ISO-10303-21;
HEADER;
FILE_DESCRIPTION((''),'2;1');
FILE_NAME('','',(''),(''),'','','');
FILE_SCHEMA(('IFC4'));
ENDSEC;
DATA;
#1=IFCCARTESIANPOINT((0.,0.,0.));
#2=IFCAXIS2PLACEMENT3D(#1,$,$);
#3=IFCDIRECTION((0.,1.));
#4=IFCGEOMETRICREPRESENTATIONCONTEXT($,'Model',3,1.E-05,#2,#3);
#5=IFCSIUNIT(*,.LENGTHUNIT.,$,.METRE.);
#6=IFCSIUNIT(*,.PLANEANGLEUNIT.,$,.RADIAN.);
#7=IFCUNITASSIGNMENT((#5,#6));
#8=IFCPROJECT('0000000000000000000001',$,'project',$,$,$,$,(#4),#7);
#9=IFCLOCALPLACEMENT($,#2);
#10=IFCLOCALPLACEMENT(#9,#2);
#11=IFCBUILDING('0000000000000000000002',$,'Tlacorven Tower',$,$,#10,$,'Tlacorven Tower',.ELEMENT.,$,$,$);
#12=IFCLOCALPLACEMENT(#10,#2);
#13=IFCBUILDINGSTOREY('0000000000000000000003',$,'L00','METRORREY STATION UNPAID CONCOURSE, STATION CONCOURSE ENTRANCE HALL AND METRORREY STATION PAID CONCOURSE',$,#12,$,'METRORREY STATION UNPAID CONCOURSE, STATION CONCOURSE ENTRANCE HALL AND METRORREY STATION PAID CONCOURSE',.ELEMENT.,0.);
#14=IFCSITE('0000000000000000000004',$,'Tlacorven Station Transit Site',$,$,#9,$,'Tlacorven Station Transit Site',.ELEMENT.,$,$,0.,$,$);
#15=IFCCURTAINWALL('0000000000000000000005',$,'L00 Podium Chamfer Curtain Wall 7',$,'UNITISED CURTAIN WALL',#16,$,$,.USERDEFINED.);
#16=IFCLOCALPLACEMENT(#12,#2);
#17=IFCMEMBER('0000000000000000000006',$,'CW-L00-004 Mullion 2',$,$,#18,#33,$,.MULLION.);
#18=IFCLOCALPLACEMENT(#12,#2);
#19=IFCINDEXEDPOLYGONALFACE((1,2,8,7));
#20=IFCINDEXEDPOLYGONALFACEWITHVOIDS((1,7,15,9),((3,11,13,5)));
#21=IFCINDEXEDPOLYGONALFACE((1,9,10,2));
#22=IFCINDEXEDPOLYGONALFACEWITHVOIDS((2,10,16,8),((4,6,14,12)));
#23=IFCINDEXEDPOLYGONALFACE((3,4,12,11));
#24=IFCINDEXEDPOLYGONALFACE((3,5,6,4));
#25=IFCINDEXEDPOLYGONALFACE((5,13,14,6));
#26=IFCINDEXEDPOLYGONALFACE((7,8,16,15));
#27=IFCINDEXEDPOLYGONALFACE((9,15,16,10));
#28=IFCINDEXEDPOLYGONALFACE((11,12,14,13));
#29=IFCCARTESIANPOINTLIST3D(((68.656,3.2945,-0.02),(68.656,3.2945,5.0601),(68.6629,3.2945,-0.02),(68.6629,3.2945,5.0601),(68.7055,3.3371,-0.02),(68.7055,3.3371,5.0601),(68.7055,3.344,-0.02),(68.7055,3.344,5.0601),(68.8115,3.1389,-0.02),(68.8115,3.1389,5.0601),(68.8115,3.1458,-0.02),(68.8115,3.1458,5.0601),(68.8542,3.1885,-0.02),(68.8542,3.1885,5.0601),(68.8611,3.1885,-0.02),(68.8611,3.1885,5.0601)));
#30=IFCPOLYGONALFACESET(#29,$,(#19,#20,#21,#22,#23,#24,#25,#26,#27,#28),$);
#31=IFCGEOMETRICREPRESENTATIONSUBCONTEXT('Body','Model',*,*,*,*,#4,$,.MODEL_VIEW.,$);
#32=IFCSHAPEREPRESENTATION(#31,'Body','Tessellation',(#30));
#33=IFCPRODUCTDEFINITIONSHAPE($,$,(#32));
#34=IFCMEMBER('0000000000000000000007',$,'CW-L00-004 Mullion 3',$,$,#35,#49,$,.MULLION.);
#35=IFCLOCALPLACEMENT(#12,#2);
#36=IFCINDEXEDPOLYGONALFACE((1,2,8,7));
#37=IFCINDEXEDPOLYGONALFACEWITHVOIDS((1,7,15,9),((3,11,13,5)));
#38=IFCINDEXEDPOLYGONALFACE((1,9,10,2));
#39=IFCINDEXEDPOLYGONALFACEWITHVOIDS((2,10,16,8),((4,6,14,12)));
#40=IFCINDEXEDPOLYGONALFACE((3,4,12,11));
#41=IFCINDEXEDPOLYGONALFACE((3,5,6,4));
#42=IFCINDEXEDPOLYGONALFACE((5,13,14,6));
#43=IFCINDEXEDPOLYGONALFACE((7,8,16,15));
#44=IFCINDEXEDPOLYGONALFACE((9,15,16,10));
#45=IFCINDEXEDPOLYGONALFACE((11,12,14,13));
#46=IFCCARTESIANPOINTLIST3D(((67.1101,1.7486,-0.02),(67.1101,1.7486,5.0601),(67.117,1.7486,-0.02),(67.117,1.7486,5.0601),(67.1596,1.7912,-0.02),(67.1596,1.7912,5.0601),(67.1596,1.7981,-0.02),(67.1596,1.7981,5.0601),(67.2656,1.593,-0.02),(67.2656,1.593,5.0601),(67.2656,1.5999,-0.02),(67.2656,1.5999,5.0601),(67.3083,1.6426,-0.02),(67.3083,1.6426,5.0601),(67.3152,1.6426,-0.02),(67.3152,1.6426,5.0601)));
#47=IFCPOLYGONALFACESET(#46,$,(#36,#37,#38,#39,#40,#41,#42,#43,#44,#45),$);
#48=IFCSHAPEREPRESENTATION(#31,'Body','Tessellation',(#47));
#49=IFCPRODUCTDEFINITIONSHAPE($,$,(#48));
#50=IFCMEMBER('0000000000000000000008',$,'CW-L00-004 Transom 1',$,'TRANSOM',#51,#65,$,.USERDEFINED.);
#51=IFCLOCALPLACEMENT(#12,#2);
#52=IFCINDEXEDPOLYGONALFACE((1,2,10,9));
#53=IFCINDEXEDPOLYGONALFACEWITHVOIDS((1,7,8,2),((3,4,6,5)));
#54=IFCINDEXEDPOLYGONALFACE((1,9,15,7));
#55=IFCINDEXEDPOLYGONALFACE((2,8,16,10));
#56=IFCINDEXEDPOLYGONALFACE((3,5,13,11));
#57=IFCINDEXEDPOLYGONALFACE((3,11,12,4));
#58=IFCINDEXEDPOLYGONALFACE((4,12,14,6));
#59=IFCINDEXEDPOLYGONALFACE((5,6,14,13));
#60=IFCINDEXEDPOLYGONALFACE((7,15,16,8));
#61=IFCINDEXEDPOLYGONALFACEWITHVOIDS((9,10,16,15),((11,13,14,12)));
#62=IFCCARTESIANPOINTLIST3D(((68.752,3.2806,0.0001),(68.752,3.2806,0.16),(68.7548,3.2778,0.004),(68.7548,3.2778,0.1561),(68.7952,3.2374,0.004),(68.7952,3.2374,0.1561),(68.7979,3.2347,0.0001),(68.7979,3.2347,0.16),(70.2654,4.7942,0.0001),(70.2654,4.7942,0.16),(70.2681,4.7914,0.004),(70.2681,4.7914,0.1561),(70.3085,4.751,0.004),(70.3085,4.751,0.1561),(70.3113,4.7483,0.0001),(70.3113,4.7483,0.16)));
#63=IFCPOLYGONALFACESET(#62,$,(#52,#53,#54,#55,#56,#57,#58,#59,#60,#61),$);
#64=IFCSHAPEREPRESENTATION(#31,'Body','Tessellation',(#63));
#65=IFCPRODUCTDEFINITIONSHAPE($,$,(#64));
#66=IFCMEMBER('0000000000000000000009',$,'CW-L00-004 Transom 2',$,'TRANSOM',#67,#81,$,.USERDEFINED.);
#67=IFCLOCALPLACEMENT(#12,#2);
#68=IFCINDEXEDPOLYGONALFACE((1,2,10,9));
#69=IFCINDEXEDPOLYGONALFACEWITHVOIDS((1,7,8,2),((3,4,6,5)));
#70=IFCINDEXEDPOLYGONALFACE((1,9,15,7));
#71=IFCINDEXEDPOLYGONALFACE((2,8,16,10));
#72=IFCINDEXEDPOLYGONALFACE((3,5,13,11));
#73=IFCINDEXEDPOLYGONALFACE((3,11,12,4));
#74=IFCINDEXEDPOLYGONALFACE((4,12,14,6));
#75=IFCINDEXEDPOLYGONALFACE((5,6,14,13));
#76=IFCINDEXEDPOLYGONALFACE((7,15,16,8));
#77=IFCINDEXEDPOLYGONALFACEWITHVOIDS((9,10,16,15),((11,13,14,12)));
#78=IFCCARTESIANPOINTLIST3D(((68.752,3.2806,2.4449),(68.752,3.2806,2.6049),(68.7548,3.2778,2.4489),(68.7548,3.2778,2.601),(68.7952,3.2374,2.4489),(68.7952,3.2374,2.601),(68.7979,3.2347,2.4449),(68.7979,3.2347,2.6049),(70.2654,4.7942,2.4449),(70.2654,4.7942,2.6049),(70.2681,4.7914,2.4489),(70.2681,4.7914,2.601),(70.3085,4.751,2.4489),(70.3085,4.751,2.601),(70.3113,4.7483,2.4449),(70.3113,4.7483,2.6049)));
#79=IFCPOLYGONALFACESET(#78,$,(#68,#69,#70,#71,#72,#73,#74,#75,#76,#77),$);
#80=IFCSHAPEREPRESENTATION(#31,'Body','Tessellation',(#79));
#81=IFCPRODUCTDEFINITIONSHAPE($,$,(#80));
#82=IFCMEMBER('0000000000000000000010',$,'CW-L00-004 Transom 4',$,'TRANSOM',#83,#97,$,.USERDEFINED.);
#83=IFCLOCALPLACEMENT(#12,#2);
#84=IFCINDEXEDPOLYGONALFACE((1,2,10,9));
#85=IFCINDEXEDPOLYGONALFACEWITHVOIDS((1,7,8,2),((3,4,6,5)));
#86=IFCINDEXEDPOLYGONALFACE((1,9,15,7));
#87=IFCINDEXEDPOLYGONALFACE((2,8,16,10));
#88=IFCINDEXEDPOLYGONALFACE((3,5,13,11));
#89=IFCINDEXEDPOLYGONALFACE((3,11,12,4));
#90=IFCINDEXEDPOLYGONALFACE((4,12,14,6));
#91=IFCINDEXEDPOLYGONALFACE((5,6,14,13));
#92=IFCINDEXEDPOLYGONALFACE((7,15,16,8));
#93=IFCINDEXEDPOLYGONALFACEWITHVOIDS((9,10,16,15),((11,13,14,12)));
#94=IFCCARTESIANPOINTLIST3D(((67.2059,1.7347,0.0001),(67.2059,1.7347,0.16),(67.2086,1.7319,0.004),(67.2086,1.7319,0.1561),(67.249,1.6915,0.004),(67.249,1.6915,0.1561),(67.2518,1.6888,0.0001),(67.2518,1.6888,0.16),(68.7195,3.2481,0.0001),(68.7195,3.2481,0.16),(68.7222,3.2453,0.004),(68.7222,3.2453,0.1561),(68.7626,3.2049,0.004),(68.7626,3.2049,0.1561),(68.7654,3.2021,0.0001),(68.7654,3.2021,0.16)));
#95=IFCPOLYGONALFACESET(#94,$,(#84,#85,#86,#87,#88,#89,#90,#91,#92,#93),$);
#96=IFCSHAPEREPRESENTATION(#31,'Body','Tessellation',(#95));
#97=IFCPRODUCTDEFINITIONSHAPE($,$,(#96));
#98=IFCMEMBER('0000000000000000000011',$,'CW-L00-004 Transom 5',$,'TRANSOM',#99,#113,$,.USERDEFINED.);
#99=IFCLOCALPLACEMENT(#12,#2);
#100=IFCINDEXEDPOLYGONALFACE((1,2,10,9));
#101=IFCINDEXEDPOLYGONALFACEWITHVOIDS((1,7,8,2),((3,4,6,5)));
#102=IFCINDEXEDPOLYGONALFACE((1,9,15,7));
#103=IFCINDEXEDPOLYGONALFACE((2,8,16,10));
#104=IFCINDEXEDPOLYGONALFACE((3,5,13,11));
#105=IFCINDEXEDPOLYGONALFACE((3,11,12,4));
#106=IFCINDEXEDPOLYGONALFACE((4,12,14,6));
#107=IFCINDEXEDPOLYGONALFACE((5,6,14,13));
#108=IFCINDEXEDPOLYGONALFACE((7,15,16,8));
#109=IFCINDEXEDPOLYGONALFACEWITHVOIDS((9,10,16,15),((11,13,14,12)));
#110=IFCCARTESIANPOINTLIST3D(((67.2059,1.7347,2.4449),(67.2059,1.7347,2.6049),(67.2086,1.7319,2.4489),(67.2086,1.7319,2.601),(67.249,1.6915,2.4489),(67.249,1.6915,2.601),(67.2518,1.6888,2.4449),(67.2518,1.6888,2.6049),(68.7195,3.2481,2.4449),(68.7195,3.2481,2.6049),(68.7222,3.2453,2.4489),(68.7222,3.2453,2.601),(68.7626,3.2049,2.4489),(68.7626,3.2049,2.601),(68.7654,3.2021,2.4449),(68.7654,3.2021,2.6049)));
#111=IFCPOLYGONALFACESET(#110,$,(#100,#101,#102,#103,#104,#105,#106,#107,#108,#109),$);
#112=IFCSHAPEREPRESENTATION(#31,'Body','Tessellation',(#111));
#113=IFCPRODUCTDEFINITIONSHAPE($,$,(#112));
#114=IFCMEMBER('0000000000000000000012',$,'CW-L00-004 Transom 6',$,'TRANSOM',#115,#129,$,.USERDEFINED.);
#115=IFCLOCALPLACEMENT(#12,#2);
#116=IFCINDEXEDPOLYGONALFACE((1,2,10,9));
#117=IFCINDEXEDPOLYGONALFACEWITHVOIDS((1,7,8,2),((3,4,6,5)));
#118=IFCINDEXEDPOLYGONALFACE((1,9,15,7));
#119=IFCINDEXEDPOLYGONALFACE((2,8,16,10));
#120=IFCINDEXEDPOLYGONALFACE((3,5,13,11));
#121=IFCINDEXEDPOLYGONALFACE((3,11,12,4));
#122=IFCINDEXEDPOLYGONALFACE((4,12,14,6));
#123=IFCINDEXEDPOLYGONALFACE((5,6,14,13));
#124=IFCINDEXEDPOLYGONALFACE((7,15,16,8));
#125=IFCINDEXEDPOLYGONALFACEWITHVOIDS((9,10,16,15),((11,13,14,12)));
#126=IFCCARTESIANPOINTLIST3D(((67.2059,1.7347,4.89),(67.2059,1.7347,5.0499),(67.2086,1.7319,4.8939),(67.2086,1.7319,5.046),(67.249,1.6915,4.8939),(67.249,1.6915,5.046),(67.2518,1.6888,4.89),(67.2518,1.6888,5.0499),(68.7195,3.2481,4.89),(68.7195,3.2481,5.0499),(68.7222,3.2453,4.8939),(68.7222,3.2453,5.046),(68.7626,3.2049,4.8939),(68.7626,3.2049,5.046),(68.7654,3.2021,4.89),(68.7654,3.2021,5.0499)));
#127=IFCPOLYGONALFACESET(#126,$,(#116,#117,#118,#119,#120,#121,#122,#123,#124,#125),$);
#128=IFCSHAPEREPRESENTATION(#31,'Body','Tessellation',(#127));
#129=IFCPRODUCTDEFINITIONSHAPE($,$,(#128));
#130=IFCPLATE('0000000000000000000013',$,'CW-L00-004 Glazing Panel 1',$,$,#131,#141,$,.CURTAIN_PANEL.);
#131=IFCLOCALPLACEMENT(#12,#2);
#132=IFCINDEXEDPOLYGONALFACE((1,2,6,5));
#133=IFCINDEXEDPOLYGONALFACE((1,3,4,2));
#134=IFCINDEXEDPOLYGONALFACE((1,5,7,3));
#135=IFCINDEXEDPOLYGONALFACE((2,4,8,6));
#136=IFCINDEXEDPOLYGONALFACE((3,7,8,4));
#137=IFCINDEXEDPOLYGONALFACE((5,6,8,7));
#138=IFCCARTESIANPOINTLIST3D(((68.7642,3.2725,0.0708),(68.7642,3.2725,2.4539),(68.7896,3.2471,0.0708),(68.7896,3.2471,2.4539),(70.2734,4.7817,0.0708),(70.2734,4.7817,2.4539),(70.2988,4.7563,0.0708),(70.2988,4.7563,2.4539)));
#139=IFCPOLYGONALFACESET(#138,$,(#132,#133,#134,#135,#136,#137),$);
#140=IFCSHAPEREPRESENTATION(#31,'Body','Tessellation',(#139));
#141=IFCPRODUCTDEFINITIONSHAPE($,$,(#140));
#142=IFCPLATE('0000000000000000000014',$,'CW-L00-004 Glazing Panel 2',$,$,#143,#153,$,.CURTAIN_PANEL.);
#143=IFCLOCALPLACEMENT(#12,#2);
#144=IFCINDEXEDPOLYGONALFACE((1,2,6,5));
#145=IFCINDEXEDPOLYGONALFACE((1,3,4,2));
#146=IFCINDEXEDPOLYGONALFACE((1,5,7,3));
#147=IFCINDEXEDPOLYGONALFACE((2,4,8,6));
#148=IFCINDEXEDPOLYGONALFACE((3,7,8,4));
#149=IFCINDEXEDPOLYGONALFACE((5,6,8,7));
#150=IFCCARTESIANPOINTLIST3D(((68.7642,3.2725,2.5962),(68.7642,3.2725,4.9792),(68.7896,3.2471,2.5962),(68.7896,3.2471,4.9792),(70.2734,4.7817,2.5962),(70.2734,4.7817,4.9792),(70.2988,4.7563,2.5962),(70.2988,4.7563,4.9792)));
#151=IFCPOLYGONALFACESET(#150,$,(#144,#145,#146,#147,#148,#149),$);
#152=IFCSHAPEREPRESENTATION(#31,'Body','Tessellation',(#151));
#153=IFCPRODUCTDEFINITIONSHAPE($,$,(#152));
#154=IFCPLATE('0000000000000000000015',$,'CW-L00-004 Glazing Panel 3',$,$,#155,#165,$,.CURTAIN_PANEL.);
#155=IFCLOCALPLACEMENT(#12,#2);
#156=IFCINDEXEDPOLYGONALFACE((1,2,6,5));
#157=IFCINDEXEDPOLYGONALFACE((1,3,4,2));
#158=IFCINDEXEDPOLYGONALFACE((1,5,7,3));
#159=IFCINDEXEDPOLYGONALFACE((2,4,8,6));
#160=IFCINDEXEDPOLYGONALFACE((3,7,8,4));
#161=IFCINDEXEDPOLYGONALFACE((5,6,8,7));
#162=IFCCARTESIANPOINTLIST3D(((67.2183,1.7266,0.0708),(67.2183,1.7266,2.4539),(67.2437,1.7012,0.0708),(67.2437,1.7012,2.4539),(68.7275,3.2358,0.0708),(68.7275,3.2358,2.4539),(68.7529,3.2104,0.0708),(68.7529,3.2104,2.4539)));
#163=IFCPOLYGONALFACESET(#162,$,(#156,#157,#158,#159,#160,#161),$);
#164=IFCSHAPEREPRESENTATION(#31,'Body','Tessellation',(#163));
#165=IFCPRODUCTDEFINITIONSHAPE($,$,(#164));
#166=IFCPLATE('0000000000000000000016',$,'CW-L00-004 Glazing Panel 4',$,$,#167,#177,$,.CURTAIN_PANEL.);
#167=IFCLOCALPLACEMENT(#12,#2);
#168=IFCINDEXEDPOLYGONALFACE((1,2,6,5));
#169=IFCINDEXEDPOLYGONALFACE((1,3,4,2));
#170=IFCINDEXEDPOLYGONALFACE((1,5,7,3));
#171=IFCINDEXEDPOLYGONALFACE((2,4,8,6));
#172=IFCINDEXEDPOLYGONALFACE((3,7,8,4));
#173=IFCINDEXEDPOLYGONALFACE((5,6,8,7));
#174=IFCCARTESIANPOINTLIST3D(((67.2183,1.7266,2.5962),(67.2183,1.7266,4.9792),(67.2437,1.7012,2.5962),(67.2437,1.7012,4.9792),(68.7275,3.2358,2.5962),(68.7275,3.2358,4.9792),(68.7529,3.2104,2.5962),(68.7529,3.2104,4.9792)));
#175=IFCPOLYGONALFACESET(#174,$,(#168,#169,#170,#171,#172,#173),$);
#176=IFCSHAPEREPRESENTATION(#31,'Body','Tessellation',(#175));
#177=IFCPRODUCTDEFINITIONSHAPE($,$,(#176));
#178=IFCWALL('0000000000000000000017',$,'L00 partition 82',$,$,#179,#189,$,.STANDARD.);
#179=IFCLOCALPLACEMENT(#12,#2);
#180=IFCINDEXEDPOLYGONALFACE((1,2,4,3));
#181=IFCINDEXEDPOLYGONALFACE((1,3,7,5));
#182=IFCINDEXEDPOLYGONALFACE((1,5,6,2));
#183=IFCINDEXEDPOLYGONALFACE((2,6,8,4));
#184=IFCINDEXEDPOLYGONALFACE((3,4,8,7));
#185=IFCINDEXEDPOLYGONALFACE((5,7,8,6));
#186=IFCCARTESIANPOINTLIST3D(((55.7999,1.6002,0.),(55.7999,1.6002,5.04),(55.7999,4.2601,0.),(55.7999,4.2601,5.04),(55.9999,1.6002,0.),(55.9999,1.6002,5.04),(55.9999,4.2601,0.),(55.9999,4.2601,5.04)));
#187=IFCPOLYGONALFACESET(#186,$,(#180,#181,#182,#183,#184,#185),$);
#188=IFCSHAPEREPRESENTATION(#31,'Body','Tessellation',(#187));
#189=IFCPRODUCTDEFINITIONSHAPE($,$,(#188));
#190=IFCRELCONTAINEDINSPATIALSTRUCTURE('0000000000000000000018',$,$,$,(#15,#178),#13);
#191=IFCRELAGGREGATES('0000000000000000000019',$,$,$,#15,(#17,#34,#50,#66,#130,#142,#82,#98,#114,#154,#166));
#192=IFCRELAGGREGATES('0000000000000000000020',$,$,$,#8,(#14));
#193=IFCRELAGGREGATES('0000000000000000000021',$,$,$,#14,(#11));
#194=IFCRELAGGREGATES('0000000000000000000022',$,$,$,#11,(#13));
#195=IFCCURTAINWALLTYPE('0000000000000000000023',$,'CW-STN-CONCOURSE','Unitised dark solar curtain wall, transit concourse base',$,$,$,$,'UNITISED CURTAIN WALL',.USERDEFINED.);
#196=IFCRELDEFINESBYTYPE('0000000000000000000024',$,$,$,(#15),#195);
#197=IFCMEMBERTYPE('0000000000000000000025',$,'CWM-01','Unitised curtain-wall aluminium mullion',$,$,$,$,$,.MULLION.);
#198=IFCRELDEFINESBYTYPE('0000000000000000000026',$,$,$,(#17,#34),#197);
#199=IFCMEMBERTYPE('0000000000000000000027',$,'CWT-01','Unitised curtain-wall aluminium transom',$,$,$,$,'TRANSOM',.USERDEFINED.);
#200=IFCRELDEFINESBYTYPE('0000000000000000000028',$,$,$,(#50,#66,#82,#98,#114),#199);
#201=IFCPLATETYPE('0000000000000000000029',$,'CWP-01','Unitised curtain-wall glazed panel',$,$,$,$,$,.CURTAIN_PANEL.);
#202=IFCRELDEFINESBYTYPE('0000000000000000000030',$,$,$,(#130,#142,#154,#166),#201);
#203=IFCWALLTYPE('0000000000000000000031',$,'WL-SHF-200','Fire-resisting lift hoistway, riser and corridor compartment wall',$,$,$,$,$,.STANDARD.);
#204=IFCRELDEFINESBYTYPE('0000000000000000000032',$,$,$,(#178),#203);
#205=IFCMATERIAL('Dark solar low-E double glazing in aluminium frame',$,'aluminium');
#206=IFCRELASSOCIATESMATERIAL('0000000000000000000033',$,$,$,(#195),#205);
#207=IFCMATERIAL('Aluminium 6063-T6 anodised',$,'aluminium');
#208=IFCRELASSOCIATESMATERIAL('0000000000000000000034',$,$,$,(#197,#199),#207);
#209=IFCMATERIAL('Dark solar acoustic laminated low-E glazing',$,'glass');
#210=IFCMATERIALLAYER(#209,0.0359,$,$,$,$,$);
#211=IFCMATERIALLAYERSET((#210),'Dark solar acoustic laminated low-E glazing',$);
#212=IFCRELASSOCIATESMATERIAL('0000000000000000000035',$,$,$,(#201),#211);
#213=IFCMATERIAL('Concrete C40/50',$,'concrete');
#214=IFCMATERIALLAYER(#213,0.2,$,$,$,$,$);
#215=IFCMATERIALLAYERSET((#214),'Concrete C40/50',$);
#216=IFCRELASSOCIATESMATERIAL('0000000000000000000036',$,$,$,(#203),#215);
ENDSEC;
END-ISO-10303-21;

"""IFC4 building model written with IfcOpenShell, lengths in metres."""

from ifc_helpers import new_model, si_unit, direction, frame, frame_2d, origin, origin_2d, place, context, subcontext, project, spatial, rectangle, hollow_rectangle, extrude, source, transform, mapped, material, layer, layer_set, material_profile, profile_set, type_object, element, aggregate, save


model = new_model("IFC4")

# Units and contexts
model_context = context("Model", 3, precision=1e-05, world=origin(), true_north=direction((0.0, 1.0)))
body_context = subcontext(model_context, "Body", "Model", "MODEL_VIEW")
ifc_project = project(units=[si_unit("LENGTHUNIT", "METRE"), si_unit("PLANEANGLEUNIT", "RADIAN")], contexts=[model_context])

# Site, building, storey
site_placement = place(None, origin())
site = spatial("IfcSite", under=ifc_project, at=site_placement, Name="Tlacorven Station Transit Site", LongName="Tlacorven Station Transit Site", CompositionType="ELEMENT", RefElevation=0.0)
building_placement = place(site_placement, origin())
building = spatial("IfcBuilding", under=site, at=building_placement, Name="Tlacorven Tower", LongName="Tlacorven Tower", CompositionType="ELEMENT")
storey_placement = place(building_placement, origin())
storey = spatial("IfcBuildingStorey", under=building, at=storey_placement, Name="L00", Description="METRORREY STATION UNPAID CONCOURSE, STATION CONCOURSE ENTRANCE HALL AND METRORREY STATION PAID CONCOURSE", LongName="METRORREY STATION UNPAID CONCOURSE, STATION CONCOURSE ENTRANCE HALL AND METRORREY STATION PAID CONCOURSE", CompositionType="ELEMENT", Elevation=0.0)

# Curtain wall, members, plates
ifc_material_1 = material(Name="Dark solar low-E double glazing in aluminium frame", Category="aluminium")
curtain_wall_type = type_object("IfcCurtainWallType", Name="CW-STN-CONCOURSE", Description="Unitised dark solar curtain wall, transit concourse base", ElementType="UNITISED CURTAIN WALL", PredefinedType="USERDEFINED", material=ifc_material_1)
curtain_wall_placement = place(storey_placement, origin())
curtain_wall = element("IfcCurtainWall", 1, at=curtain_wall_placement, inside=storey, type_object=curtain_wall_type, Name="L00 Podium Chamfer Curtain Wall 7", ObjectType="UNITISED CURTAIN WALL", PredefinedType="USERDEFINED")
ifc_material_2 = material(Name="Aluminium 6063-T6 anodised", Category="aluminium")
ifc_material_profile_1 = material_profile(ifc_material_2, hollow_rectangle(XDim=0.0701, YDim=0.22, WallThickness=0.0049, at=origin_2d()), Name="ALU MULLION 70X220")
ifc_profile_set_1 = profile_set([ifc_material_profile_1], Name="Aluminium 6063-T6 anodised")
member_type_1 = type_object("IfcMemberType", Name="CWM-01", Description="Unitised curtain-wall aluminium mullion", PredefinedType="MULLION", material=ifc_profile_set_1)
shared_shape_1 = source(origin(), body_context, "Body", "SweptSolid", [
    extrude(hollow_rectangle(XDim=0.0701, YDim=0.22, WallThickness=0.0049, at=origin_2d()), origin(), (0.0, 0.0, 1.0), 5.0801),
])
member_1_placement = place(storey_placement, frame((68.7585, 3.2415, -0.02), z_axis=(0.0, 0.0, 1.0), x_axis=(-0.707107, -0.707107, 0.0)))
member_1 = element("IfcMember", 2, at=member_1_placement, type_object=member_type_1, Name="CW-L00-004 Mullion 2", PredefinedType="MULLION", context=body_context, shape_type="MappedRepresentation", body=[
    mapped(shared_shape_1, transform((0.0, 0.0, 0.0), scale=1.0)),
])
member_2_placement = place(storey_placement, frame((67.2126, 1.6956, -0.02), z_axis=(0.0, 0.0, 1.0), x_axis=(-0.707107, -0.707107, 0.0)))
member_2 = element("IfcMember", 3, at=member_2_placement, type_object=member_type_1, Name="CW-L00-004 Mullion 3", PredefinedType="MULLION", context=body_context, shape_type="MappedRepresentation", body=[
    mapped(shared_shape_1, transform((0.0, 0.0, 0.0), scale=1.0)),
])
ifc_material_profile_2 = material_profile(ifc_material_2, hollow_rectangle(XDim=0.0649, YDim=0.1599, WallThickness=0.0039, at=origin_2d()), Name="ALU TRANSOM 65X160")
ifc_profile_set_2 = profile_set([ifc_material_profile_2], Name="Aluminium 6063-T6 anodised")
member_type_2 = type_object("IfcMemberType", Name="CWT-01", Description="Unitised curtain-wall aluminium transom", ElementType="TRANSOM", PredefinedType="USERDEFINED", material=ifc_profile_set_2)
shared_shape_2 = source(origin(), body_context, "Body", "SweptSolid", [
    extrude(hollow_rectangle(XDim=0.0649, YDim=0.1599, WallThickness=0.0039, at=origin_2d()), origin(), (0.0, 0.0, 1.0), 2.1404),
])
member_3_placement = place(storey_placement, frame((70.2883, 4.7712, 0.0801), z_axis=(-0.70705, -0.707164, 0.0), x_axis=(0.707164, -0.70705, 0.0)))
member_3 = element("IfcMember", 4, at=member_3_placement, type_object=member_type_2, Name="CW-L00-004 Transom 1", ObjectType="TRANSOM", PredefinedType="USERDEFINED", context=body_context, shape_type="MappedRepresentation", body=[
    mapped(shared_shape_2, transform((0.0, 0.0, 0.0), scale=1.0)),
])
member_4_placement = place(storey_placement, frame((70.2883, 4.7712, 2.5249), z_axis=(-0.70705, -0.707164, 0.0), x_axis=(0.707164, -0.70705, 0.0)))
member_4 = element("IfcMember", 5, at=member_4_placement, type_object=member_type_2, Name="CW-L00-004 Transom 2", ObjectType="TRANSOM", PredefinedType="USERDEFINED", context=body_context, shape_type="MappedRepresentation", body=[
    mapped(shared_shape_2, transform((0.0, 0.0, 0.0), scale=1.0)),
])
member_5_placement = place(storey_placement, frame((68.7424, 3.2251, 0.0801), z_axis=(-0.707164, -0.70705, 0.0), x_axis=(0.70705, -0.707164, 0.0)))
member_5 = element("IfcMember", 6, at=member_5_placement, type_object=member_type_2, Name="CW-L00-004 Transom 4", ObjectType="TRANSOM", PredefinedType="USERDEFINED", context=body_context, shape_type="MappedRepresentation", body=[
    mapped(shared_shape_2, transform((0.0, 0.0, 0.0), scale=1.0)),
])
member_6_placement = place(storey_placement, frame((68.7424, 3.2251, 2.5249), z_axis=(-0.707164, -0.70705, 0.0), x_axis=(0.70705, -0.707164, 0.0)))
member_6 = element("IfcMember", 7, at=member_6_placement, type_object=member_type_2, Name="CW-L00-004 Transom 5", ObjectType="TRANSOM", PredefinedType="USERDEFINED", context=body_context, shape_type="MappedRepresentation", body=[
    mapped(shared_shape_2, transform((0.0, 0.0, 0.0), scale=1.0)),
])
member_7_placement = place(storey_placement, frame((68.7424, 3.2251, 4.97), z_axis=(-0.707164, -0.70705, 0.0), x_axis=(0.70705, -0.707164, 0.0)))
member_7 = element("IfcMember", 8, at=member_7_placement, type_object=member_type_2, Name="CW-L00-004 Transom 6", ObjectType="TRANSOM", PredefinedType="USERDEFINED", context=body_context, shape_type="MappedRepresentation", body=[
    mapped(shared_shape_2, transform((0.0, 0.0, 0.0), scale=1.0)),
])
ifc_material_3 = material(Name="Dark solar acoustic laminated low-E glazing", Category="glass")
ifc_layer_1 = layer(ifc_material_3, 0.0359)
ifc_layer_set_1 = layer_set([ifc_layer_1], Name="Dark solar acoustic laminated low-E glazing")
plate_type = type_object("IfcPlateType", Name="CWP-01", Description="Unitised curtain-wall glazed panel", PredefinedType="CURTAIN_PANEL", material=ifc_layer_set_1)
shared_shape_3 = source(origin(), body_context, "Body", "SweptSolid", [
    extrude(rectangle(XDim=2.1343, YDim=0.0359, at=origin_2d()), origin(), (0.0, 0.0, 1.0), 2.3831),
])
plate_1_placement = place(storey_placement, frame((69.5315, 4.0144, 0.0708), z_axis=(0.0, 0.0, 1.0), x_axis=(-0.707107, -0.707107, 0.0)))
plate_1 = element("IfcPlate", 9, at=plate_1_placement, type_object=plate_type, Name="CW-L00-004 Glazing Panel 1", PredefinedType="CURTAIN_PANEL", context=body_context, shape_type="MappedRepresentation", body=[
    mapped(shared_shape_3, transform((0.0, 0.0, 0.0), scale=1.0)),
])
plate_2_placement = place(storey_placement, frame((69.5315, 4.0144, 2.5962), z_axis=(0.0, 0.0, 1.0), x_axis=(-0.707107, -0.707107, 0.0)))
plate_2 = element("IfcPlate", 10, at=plate_2_placement, type_object=plate_type, Name="CW-L00-004 Glazing Panel 2", PredefinedType="CURTAIN_PANEL", context=body_context, shape_type="MappedRepresentation", body=[
    mapped(shared_shape_3, transform((0.0, 0.0, 0.0), scale=1.0)),
])
plate_3_placement = place(storey_placement, frame((67.9856, 2.4685, 0.0708), z_axis=(0.0, 0.0, 1.0), x_axis=(-0.707107, -0.707107, 0.0)))
plate_3 = element("IfcPlate", 11, at=plate_3_placement, type_object=plate_type, Name="CW-L00-004 Glazing Panel 3", PredefinedType="CURTAIN_PANEL", context=body_context, shape_type="MappedRepresentation", body=[
    mapped(shared_shape_3, transform((0.0, 0.0, 0.0), scale=1.0)),
])
plate_4_placement = place(storey_placement, frame((67.9856, 2.4685, 2.5962), z_axis=(0.0, 0.0, 1.0), x_axis=(-0.707107, -0.707107, 0.0)))
plate_4 = element("IfcPlate", 12, at=plate_4_placement, type_object=plate_type, Name="CW-L00-004 Glazing Panel 4", PredefinedType="CURTAIN_PANEL", context=body_context, shape_type="MappedRepresentation", body=[
    mapped(shared_shape_3, transform((0.0, 0.0, 0.0), scale=1.0)),
])
aggregate(curtain_wall, [member_1, member_2, member_3, member_4, plate_1, plate_2, member_5, member_6, member_7, plate_3, plate_4])

# Wall
ifc_material_4 = material(Name="Concrete C40/50", Category="concrete")
ifc_layer_2 = layer(ifc_material_4, 0.2)
ifc_layer_set_2 = layer_set([ifc_layer_2], Name="Concrete C40/50")
wall_type_1 = type_object("IfcWallType", Name="WL-SHF-200", Description="Fire-resisting lift hoistway, riser and corridor compartment wall", PredefinedType="STANDARD", material=ifc_layer_set_2)
for number, where, z_axis, x_axis, name in (
    (13, (55.8999, 1.6001, 0.0), (0.0, 0.0, 1.0), (0.0, 1.0, 0.0), "L00 partition 82"),
):
    element("IfcWall", number, at=place(storey_placement, frame(where, z_axis=z_axis, x_axis=x_axis)), inside=storey, type_object=wall_type_1, Name=name, PredefinedType="STANDARD", context=body_context, shape_type="SweptSolid", body=[
        extrude(rectangle(XDim=2.6599, YDim=0.2, at=frame_2d((1.3301, 0.0))), origin(), (0.0, 0.0, 1.0), 5.04),
    ])

save(model, "model.ifc")
